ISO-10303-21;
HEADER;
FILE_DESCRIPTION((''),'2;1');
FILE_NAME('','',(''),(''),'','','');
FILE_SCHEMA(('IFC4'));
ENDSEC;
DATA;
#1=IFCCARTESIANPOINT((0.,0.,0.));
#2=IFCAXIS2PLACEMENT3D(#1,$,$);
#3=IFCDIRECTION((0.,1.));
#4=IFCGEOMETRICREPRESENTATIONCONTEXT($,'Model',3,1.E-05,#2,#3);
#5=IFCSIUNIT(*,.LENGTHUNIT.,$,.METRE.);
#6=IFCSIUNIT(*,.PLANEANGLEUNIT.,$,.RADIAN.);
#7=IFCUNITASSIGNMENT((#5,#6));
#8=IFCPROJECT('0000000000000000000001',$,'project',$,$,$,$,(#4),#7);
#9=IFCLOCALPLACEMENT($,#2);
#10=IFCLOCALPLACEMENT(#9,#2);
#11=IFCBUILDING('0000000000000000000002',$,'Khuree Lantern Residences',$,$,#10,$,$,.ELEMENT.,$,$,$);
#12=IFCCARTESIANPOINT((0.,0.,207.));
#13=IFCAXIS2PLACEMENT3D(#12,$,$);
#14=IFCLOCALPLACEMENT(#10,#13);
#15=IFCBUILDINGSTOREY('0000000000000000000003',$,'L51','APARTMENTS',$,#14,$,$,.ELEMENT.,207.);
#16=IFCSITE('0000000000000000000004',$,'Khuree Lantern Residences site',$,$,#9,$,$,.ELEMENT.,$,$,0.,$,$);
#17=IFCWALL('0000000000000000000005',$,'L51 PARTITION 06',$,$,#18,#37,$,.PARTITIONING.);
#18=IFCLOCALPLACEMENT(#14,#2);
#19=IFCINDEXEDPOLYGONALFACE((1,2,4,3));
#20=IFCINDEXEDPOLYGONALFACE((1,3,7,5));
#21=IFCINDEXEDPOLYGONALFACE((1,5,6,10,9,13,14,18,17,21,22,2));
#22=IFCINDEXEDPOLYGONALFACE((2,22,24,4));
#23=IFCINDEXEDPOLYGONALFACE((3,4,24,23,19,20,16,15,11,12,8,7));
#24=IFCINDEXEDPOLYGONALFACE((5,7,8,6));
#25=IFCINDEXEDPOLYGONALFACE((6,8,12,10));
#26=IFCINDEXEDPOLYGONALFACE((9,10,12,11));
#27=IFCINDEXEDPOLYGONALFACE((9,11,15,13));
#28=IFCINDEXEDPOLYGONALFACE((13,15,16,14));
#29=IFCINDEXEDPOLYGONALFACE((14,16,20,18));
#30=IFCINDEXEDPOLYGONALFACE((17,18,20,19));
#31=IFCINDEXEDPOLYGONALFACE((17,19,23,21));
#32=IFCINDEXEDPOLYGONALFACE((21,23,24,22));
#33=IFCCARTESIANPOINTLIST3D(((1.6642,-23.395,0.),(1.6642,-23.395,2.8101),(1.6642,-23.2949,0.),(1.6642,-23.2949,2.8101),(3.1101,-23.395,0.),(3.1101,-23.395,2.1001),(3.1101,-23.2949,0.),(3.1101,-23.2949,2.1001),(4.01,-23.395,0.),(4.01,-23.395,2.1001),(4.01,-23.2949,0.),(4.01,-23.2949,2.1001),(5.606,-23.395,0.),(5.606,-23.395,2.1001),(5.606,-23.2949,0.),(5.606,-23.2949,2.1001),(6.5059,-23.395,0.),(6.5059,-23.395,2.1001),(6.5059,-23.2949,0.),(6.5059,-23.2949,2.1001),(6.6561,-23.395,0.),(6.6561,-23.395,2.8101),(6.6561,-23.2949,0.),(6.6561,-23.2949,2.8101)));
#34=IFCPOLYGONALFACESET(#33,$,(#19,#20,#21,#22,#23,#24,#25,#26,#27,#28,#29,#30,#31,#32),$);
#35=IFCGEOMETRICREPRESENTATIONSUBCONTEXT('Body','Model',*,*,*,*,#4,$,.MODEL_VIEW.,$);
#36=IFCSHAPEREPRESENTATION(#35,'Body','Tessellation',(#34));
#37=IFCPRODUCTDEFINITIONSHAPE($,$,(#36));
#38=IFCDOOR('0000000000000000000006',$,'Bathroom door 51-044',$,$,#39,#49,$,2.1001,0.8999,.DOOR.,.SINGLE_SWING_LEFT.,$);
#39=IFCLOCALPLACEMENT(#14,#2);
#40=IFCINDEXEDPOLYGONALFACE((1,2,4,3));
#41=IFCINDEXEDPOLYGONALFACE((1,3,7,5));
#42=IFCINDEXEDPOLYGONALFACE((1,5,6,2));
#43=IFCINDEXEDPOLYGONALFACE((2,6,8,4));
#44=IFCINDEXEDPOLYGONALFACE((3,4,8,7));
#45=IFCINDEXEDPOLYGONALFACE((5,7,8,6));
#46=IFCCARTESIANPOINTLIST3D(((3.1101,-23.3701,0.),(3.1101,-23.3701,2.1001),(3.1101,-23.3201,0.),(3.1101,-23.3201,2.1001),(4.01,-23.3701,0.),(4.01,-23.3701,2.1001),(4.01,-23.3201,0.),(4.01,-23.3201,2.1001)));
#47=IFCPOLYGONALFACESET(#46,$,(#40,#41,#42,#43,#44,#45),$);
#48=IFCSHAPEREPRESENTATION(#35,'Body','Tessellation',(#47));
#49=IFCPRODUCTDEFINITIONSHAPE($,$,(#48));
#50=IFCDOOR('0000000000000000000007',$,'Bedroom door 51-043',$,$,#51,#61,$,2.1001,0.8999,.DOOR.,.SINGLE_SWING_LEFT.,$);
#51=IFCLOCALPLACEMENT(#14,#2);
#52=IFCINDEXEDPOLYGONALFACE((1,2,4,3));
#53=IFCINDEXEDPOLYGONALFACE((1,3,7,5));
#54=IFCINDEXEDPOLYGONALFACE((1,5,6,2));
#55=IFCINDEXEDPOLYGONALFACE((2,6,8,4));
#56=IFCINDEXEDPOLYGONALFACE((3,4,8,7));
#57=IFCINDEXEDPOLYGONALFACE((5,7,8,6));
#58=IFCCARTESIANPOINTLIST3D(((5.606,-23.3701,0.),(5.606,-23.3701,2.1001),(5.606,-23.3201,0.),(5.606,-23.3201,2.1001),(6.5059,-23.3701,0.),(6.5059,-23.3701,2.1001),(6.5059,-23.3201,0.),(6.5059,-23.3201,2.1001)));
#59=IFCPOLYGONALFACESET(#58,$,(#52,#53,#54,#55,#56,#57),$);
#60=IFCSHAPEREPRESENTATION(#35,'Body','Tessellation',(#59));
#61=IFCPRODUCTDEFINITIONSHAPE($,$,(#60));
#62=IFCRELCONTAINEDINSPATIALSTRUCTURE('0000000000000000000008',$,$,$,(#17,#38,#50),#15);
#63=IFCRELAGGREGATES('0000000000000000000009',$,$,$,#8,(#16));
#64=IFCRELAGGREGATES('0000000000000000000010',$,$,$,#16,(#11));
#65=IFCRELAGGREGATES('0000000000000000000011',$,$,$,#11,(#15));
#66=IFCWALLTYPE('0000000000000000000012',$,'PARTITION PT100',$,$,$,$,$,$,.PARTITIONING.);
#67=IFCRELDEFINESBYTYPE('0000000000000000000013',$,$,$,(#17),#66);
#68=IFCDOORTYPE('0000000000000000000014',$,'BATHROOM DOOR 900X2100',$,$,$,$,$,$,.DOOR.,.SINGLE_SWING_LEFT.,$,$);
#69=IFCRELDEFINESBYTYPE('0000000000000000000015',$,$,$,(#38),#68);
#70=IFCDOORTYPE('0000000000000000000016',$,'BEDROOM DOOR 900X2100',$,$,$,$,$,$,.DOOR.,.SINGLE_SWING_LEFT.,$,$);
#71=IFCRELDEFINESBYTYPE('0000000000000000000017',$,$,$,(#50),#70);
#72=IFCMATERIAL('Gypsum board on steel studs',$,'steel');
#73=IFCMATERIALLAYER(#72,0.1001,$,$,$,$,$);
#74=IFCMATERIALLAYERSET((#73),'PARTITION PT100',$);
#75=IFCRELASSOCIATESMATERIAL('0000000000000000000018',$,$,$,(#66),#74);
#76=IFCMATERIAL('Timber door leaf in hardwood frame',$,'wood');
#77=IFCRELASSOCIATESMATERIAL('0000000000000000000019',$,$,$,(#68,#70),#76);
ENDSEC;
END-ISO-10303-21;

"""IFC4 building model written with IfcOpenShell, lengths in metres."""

from ifc_helpers import new_model, si_unit, direction, frame, frame_2d, origin, place, context, subcontext, project, spatial, rectangle, extrude, material, layer, layer_set, type_object, element, fill, save


model = new_model("IFC4")

# Units and contexts
model_context = context("Model", 3, precision=1e-05, world=origin(), true_north=direction((0.0, 1.0)))
body_context = subcontext(model_context, "Body", "Model", "MODEL_VIEW")
ifc_project = project(units=[si_unit("LENGTHUNIT", "METRE"), si_unit("PLANEANGLEUNIT", "RADIAN")], contexts=[model_context])

# Site, building, storey
site_placement = place(None, origin())
site = spatial("IfcSite", under=ifc_project, at=site_placement, Name="Khuree Lantern Residences site", CompositionType="ELEMENT", RefElevation=0.0)
building_placement = place(site_placement, origin())
building = spatial("IfcBuilding", under=site, at=building_placement, Name="Khuree Lantern Residences", CompositionType="ELEMENT")
storey_placement = place(building_placement, frame((0.0, 0.0, 207.0)))
storey = spatial("IfcBuildingStorey", under=building, at=storey_placement, Name="L51", Description="APARTMENTS", CompositionType="ELEMENT", Elevation=207.0)

# Wall, openings, doors
ifc_material_1 = material(Name="Gypsum board on steel studs", Category="steel")
ifc_layer_1 = layer(ifc_material_1, 0.1001)
ifc_layer_set_1 = layer_set([ifc_layer_1], Name="PARTITION PT100")
wall_type = type_object("IfcWallType", Name="PARTITION PT100", PredefinedType="PARTITIONING", material=ifc_layer_set_1)
wall_placement = place(storey_placement, frame((1.6641, -23.345, 0.0), z_axis=(0.0, 0.0, 1.0), x_axis=(1.0, 0.0, 0.0)))
wall = element("IfcWall", 1, at=wall_placement, inside=storey, type_object=wall_type, Name="L51 PARTITION 06", PredefinedType="PARTITIONING", context=body_context, shape_type="SweptSolid", body=[
    extrude(rectangle(XDim=4.9919, YDim=0.1001, at=frame_2d((2.4961, 0.0))), origin(), (0.0, 0.0, 1.0), 2.8101),
])
opening_1_placement = place(wall_placement, frame((3.9419, 0.0, 0.0)))
opening_1 = element("IfcOpeningElement", 2, at=opening_1_placement, cuts=wall, PredefinedType="OPENING", context=body_context, shape_type="SweptSolid", body=[
    extrude(rectangle(XDim=0.8999, YDim=2.1001, at=frame_2d((0.45, 1.05))), frame((0.0, 0.0601, 0.0), z_axis=(0.0, -1.0, 0.0), x_axis=(1.0, 0.0, 0.0)), (0.0, 0.0, 1.0), 0.1201),
])
opening_2_placement = place(wall_placement, frame((1.446, 0.0, 0.0)))
opening_2 = element("IfcOpeningElement", 3, at=opening_2_placement, cuts=wall, PredefinedType="OPENING", context=body_context, shape_type="SweptSolid", body=[
    extrude(rectangle(XDim=0.8999, YDim=2.1001, at=frame_2d((0.45, 1.05))), frame((0.0, 0.0601, 0.0), z_axis=(0.0, -1.0, 0.0), x_axis=(1.0, 0.0, 0.0)), (0.0, 0.0, 1.0), 0.1201),
])
ifc_material_2 = material(Name="Timber door leaf in hardwood frame", Category="wood")
door_type_1 = type_object("IfcDoorType", Name="BATHROOM DOOR 900X2100", OperationType="SINGLE_SWING_LEFT", PredefinedType="DOOR", material=ifc_material_2)
door_1_placement = place(opening_2_placement, origin())
door_1 = element("IfcDoor", 4, at=door_1_placement, inside=storey, type_object=door_type_1, Name="Bathroom door 51-044", OperationType="SINGLE_SWING_LEFT", OverallHeight=2.1001, OverallWidth=0.8999, PredefinedType="DOOR", context=body_context, shape_type="SweptSolid", body=[
    extrude(rectangle(XDim=0.8999, YDim=2.1001, at=frame_2d((0.45, 1.05))), frame((0.0, 0.0249, 0.0), z_axis=(0.0, -1.0, 0.0), x_axis=(1.0, 0.0, 0.0)), (0.0, 0.0, 1.0), 0.05),
])
fill(opening_2, door_1)
door_type_2 = type_object("IfcDoorType", Name="BEDROOM DOOR 900X2100", OperationType="SINGLE_SWING_LEFT", PredefinedType="DOOR", material=ifc_material_2)
door_2_placement = place(opening_1_placement, origin())
door_2 = element("IfcDoor", 5, at=door_2_placement, inside=storey, type_object=door_type_2, Name="Bedroom door 51-043", OperationType="SINGLE_SWING_LEFT", OverallHeight=2.1001, OverallWidth=0.8999, PredefinedType="DOOR", context=body_context, shape_type="SweptSolid", body=[
    extrude(rectangle(XDim=0.8999, YDim=2.1001, at=frame_2d((0.45, 1.05))), frame((0.0, 0.0249, 0.0), z_axis=(0.0, -1.0, 0.0), x_axis=(1.0, 0.0, 0.0)), (0.0, 0.0, 1.0), 0.05),
])
fill(opening_1, door_2)

save(model, "model.ifc")
